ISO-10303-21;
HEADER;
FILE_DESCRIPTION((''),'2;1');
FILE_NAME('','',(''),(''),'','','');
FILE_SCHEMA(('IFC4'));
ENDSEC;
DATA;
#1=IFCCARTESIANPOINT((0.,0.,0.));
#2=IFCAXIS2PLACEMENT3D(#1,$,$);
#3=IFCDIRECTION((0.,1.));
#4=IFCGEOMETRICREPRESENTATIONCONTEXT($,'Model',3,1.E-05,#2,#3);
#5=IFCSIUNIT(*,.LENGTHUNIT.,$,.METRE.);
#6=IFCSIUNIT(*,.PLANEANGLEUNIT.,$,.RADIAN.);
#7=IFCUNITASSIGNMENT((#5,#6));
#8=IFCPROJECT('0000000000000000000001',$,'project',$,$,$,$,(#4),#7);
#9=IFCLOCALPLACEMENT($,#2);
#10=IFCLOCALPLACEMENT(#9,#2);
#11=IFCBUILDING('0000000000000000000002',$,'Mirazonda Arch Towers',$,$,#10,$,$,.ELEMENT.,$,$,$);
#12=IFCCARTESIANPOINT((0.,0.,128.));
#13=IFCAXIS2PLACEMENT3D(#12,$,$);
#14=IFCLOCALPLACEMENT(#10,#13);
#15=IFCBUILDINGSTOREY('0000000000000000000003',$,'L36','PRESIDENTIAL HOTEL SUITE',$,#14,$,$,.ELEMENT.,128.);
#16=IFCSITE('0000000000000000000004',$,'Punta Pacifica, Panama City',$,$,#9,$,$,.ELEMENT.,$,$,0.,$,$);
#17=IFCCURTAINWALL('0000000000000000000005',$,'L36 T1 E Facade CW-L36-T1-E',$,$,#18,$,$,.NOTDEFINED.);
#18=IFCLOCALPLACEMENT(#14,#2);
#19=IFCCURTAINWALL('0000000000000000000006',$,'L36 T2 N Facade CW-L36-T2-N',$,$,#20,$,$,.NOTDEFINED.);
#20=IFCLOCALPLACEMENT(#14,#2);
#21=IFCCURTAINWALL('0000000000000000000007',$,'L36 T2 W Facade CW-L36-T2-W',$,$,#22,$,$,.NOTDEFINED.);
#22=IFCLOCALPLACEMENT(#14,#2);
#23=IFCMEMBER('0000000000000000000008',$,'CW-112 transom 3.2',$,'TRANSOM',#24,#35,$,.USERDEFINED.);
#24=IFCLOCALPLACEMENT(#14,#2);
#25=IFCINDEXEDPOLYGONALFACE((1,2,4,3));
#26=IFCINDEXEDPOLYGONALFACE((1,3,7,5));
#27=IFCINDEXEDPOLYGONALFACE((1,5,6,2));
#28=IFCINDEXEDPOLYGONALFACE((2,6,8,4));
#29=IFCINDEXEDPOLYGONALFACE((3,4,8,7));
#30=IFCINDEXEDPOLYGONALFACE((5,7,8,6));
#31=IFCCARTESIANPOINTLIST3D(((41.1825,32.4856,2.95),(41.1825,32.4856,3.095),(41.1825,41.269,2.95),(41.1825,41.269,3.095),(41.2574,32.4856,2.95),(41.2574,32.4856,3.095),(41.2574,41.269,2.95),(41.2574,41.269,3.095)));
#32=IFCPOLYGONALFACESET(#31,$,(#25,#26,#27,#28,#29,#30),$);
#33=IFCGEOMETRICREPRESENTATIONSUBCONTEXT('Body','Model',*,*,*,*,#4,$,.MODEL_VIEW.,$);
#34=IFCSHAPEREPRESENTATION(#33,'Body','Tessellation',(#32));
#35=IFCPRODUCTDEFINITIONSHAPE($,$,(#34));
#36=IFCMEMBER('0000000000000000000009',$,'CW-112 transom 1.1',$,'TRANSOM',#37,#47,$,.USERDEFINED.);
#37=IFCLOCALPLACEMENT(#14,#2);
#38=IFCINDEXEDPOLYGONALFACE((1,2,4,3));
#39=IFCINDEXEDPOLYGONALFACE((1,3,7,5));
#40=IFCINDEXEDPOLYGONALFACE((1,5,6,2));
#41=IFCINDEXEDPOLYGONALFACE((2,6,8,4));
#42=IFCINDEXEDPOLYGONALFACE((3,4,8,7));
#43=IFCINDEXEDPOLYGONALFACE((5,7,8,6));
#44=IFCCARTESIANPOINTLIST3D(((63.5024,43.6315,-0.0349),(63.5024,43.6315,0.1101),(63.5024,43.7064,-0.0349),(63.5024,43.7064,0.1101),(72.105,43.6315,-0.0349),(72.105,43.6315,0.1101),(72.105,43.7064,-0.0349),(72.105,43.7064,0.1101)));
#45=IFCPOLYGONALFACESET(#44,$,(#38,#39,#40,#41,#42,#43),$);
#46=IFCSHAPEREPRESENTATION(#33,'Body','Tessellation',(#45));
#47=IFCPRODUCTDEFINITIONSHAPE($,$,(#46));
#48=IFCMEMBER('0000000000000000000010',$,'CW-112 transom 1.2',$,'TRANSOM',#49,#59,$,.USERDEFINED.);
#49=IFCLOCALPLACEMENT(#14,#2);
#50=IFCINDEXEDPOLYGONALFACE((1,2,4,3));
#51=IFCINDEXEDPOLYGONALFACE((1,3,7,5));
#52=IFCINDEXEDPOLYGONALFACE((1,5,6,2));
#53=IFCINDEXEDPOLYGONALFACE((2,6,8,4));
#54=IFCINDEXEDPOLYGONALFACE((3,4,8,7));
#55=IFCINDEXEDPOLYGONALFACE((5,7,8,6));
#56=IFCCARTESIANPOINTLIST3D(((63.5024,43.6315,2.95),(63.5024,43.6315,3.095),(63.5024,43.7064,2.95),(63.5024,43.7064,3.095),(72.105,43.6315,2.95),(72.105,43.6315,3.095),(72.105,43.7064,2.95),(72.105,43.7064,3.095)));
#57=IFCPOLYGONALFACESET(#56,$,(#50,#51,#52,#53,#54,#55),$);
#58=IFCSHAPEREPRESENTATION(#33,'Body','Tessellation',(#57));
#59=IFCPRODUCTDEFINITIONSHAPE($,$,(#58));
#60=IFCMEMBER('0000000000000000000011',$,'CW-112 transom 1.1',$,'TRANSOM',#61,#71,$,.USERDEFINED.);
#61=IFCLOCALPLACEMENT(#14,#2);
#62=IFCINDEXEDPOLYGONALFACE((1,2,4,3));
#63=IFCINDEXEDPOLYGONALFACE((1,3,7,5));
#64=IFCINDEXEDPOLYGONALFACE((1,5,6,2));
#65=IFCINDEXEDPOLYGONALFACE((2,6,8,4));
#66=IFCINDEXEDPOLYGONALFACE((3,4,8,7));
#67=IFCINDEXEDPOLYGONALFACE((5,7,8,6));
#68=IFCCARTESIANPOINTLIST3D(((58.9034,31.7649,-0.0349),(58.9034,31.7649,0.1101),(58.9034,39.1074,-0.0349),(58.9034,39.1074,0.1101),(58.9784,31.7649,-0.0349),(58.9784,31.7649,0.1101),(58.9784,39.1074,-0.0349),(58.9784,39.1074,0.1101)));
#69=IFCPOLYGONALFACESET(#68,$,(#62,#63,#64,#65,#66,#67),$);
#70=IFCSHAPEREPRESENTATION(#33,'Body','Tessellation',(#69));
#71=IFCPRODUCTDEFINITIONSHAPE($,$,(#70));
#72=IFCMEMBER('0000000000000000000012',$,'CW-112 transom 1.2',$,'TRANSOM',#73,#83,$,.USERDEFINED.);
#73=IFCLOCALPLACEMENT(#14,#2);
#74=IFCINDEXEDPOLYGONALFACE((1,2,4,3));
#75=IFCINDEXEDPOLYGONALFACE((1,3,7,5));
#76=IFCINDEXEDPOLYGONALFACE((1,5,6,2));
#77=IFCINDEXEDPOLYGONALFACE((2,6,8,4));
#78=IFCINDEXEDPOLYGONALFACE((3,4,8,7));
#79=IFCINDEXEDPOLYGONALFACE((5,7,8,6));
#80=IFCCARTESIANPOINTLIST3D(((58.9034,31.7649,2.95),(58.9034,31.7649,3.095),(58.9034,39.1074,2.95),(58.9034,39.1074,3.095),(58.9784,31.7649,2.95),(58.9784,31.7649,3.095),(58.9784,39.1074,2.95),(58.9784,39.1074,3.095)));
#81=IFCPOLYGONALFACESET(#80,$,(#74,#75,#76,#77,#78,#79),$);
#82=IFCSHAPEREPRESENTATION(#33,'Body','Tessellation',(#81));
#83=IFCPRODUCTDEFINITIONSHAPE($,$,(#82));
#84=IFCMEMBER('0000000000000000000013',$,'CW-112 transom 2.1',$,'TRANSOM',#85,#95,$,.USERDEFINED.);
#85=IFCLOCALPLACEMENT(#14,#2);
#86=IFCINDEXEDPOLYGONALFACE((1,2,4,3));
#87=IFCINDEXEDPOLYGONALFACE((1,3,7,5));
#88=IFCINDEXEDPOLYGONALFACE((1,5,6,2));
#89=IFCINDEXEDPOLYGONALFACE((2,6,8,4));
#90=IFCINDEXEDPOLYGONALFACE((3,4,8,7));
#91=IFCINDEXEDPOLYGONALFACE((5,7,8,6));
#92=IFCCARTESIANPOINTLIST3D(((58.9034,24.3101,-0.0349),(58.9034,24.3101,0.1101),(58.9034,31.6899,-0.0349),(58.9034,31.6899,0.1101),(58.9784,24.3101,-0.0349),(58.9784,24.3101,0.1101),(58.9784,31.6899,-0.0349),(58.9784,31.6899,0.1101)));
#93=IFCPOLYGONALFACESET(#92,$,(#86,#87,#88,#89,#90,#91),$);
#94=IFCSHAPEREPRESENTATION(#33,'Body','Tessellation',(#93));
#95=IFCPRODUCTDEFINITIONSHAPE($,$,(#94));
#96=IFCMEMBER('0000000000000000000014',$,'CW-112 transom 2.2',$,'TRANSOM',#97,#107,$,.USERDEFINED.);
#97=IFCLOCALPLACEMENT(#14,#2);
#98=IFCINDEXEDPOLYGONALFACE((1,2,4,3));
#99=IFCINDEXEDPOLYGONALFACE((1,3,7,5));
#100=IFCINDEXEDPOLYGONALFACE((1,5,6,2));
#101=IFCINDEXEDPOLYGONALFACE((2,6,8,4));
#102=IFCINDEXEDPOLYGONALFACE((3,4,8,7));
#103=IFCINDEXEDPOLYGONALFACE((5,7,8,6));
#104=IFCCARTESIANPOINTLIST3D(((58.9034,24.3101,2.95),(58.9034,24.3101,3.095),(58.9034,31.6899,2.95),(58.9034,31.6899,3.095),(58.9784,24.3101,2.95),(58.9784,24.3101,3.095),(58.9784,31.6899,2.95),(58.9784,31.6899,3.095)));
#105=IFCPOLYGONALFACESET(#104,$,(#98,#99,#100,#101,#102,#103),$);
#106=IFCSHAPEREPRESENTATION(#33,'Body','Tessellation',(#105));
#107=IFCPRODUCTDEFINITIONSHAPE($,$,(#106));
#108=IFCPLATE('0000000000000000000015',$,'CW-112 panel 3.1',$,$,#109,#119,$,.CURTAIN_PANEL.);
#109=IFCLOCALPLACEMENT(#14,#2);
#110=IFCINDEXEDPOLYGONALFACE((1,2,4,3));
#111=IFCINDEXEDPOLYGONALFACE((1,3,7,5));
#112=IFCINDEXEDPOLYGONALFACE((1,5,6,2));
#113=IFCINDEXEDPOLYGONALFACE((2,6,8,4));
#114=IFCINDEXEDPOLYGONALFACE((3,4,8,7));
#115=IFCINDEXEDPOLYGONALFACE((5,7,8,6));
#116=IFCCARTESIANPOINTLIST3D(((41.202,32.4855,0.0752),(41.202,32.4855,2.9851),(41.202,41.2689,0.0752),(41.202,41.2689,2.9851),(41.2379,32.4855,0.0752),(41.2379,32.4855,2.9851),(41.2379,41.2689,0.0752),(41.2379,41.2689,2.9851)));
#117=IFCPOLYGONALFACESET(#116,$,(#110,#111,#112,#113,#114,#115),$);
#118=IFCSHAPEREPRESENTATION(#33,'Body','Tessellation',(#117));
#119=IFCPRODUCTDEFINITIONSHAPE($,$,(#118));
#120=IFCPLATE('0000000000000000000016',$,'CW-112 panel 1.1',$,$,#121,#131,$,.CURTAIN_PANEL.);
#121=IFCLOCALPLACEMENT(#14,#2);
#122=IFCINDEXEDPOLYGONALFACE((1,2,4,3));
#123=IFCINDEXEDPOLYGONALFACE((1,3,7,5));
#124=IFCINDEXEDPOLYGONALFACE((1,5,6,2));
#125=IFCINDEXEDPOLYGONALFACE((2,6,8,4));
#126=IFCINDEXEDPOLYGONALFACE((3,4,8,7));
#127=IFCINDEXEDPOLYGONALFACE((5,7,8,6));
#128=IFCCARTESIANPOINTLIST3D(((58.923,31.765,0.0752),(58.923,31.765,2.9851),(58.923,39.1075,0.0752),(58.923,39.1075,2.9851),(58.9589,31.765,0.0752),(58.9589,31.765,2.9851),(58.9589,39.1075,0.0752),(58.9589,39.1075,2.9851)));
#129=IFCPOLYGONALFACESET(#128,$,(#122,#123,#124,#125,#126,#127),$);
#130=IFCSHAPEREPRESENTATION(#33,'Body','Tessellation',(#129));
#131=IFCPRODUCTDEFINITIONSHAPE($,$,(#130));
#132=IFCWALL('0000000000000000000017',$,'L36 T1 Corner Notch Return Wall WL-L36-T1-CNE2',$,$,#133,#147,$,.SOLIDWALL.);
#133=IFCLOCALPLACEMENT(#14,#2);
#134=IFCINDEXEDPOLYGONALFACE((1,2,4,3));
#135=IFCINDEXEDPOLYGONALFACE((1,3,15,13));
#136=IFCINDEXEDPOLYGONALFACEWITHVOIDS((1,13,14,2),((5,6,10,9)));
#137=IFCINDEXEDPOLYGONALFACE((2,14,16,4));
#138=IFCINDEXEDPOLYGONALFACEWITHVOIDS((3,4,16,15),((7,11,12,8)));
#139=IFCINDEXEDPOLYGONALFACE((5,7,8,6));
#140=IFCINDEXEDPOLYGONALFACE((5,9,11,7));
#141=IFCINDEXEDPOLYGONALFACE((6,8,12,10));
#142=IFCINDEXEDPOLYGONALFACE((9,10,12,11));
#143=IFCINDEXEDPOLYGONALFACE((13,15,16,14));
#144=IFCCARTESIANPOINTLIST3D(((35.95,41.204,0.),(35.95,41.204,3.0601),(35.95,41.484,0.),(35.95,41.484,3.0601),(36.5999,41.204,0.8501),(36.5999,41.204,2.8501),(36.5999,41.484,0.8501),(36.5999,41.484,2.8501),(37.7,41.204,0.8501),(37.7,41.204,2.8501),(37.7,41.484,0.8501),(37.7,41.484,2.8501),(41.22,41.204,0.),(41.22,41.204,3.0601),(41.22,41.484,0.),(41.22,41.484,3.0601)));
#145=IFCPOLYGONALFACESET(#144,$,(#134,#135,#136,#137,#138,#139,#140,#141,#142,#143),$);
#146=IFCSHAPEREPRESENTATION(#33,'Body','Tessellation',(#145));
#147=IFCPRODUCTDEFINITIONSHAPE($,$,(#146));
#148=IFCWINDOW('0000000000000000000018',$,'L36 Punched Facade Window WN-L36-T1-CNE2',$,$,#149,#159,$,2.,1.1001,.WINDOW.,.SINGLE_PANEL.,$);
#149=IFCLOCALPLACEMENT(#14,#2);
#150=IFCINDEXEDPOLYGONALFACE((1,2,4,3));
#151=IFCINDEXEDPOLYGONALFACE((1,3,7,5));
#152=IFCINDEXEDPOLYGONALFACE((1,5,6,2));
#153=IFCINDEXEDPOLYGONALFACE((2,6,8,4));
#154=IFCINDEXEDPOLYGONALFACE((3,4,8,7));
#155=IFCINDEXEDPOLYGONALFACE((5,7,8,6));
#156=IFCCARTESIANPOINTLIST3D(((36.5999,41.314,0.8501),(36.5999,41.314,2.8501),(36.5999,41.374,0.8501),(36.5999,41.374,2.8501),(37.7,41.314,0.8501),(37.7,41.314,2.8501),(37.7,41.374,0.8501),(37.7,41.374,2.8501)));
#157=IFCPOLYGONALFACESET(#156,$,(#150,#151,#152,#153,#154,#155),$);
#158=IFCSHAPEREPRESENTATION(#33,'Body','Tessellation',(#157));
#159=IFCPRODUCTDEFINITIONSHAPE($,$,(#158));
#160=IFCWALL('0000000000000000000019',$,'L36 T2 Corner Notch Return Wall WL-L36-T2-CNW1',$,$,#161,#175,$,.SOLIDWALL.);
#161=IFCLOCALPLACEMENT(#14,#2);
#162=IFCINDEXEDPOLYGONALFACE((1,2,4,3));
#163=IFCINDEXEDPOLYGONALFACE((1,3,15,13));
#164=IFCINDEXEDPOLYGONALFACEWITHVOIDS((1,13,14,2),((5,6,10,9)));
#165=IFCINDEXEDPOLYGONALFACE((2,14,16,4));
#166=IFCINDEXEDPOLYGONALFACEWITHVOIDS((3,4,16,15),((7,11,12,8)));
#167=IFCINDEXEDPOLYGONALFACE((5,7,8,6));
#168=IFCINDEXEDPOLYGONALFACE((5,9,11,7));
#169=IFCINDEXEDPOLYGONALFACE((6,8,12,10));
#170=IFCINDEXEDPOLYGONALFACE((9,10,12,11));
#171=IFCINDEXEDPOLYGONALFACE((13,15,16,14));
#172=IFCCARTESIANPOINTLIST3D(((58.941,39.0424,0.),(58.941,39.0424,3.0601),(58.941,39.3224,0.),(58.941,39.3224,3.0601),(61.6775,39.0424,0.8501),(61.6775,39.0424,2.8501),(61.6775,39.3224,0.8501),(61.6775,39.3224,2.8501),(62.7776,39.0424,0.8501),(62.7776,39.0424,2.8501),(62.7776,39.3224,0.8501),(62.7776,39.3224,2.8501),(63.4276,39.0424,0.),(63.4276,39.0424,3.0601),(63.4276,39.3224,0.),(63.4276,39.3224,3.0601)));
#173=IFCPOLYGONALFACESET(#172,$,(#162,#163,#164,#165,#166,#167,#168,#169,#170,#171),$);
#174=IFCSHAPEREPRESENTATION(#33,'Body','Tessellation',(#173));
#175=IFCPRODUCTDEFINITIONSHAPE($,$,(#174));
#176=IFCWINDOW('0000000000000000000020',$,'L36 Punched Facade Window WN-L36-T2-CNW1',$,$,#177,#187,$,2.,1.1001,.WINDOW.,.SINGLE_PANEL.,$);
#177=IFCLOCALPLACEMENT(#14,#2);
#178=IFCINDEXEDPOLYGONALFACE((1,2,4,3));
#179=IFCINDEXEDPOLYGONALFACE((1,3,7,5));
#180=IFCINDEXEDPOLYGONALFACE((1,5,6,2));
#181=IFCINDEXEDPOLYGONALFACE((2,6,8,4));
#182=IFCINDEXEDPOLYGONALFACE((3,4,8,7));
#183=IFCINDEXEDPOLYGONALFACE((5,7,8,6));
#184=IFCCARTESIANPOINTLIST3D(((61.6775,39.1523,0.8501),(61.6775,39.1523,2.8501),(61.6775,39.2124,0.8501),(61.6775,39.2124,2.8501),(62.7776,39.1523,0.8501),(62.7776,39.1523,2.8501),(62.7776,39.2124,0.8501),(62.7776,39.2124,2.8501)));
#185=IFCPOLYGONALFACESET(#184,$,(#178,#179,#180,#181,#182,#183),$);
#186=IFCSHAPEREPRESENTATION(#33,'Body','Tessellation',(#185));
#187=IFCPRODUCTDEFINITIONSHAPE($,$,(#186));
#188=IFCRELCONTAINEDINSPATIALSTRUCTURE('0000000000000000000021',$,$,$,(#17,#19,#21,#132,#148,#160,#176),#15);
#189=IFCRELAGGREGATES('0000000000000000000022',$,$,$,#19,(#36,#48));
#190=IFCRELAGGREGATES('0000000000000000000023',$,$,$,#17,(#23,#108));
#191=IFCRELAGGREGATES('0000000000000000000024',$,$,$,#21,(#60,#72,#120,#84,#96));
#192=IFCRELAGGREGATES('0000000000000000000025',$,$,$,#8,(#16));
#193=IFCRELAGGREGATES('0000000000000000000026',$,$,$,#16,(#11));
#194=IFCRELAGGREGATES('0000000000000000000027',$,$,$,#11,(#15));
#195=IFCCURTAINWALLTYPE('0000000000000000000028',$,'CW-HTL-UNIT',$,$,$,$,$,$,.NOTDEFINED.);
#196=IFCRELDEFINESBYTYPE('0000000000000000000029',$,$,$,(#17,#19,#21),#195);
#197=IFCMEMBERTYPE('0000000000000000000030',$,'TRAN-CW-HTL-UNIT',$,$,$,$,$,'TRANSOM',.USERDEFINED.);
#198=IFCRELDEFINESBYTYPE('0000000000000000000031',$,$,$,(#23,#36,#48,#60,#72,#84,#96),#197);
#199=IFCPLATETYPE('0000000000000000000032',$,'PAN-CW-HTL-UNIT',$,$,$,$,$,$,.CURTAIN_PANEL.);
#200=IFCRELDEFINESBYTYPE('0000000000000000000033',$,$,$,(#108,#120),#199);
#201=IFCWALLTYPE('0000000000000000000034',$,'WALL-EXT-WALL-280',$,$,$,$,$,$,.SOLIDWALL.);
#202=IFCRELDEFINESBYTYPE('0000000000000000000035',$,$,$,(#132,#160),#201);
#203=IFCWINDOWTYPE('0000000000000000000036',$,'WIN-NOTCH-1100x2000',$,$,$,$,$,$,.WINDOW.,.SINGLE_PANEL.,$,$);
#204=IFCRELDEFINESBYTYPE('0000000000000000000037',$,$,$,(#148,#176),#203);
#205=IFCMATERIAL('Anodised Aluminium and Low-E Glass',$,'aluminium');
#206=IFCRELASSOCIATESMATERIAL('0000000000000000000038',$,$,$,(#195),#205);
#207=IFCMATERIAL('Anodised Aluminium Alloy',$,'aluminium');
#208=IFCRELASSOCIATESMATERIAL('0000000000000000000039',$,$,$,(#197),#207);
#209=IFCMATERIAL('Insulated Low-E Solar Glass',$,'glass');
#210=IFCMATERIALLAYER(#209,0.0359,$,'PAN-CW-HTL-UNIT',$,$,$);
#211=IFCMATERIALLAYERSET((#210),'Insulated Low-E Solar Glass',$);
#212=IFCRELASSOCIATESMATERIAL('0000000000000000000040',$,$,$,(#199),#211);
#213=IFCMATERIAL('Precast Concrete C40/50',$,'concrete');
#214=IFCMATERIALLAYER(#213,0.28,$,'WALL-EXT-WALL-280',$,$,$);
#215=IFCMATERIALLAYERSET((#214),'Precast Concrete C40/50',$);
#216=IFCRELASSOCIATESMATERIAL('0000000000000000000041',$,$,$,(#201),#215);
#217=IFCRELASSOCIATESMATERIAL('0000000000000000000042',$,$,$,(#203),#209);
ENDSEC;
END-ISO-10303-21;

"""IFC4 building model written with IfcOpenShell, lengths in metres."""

from ifc_helpers import new_model, si_unit, direction, frame, frame_2d, origin, origin_2d, place, context, subcontext, project, spatial, rectangle, extrude, material, layer, layer_set, material_profile, profile_set, type_object, element, fill, aggregate, save


model = new_model("IFC4")

# Units and contexts
model_context = context("Model", 3, precision=1e-05, world=origin(), true_north=direction((0.0, 1.0)))
body_context = subcontext(model_context, "Body", "Model", "MODEL_VIEW")
ifc_project = project(units=[si_unit("LENGTHUNIT", "METRE"), si_unit("PLANEANGLEUNIT", "RADIAN")], contexts=[model_context])

# Site, building, storey
site_placement = place(None, origin())
site = spatial("IfcSite", under=ifc_project, at=site_placement, Name="Punta Pacifica, Panama City", CompositionType="ELEMENT", RefElevation=0.0)
building_placement = place(site_placement, origin())
building = spatial("IfcBuilding", under=site, at=building_placement, Name="Mirazonda Arch Towers", CompositionType="ELEMENT")
storey_placement = place(building_placement, frame((0.0, 0.0, 128.0)))
storey = spatial("IfcBuildingStorey", under=building, at=storey_placement, Name="L36", Description="PRESIDENTIAL HOTEL SUITE", CompositionType="ELEMENT", Elevation=128.0)

# Curtain wall
ifc_material_1 = material(Name="Anodised Aluminium and Low-E Glass", Category="aluminium")
curtain_wall_type = type_object("IfcCurtainWallType", Name="CW-HTL-UNIT", PredefinedType="NOTDEFINED", material=ifc_material_1)
curtain_wall_1_placement = place(storey_placement, origin())
curtain_wall_1 = element("IfcCurtainWall", 1, at=curtain_wall_1_placement, inside=storey, type_object=curtain_wall_type, Name="L36 T1 E Facade CW-L36-T1-E", PredefinedType="NOTDEFINED")
ifc_material_2 = material(Name="Anodised Aluminium Alloy", Category="aluminium")

# Curtain wall
curtain_wall_2_placement = place(storey_placement, origin())
curtain_wall_2 = element("IfcCurtainWall", 2, at=curtain_wall_2_placement, inside=storey, type_object=curtain_wall_type, Name="L36 T2 N Facade CW-L36-T2-N", PredefinedType="NOTDEFINED")

# Curtain wall
curtain_wall_3_placement = place(storey_placement, origin())
curtain_wall_3 = element("IfcCurtainWall", 3, at=curtain_wall_3_placement, inside=storey, type_object=curtain_wall_type, Name="L36 T2 W Facade CW-L36-T2-W", PredefinedType="NOTDEFINED")

# Members
ifc_material_profile_1 = material_profile(ifc_material_2, rectangle(XDim=0.075, YDim=0.145, at=origin_2d()), Name="ALU-TRAN-75x145")
ifc_profile_set_1 = profile_set([ifc_material_profile_1], Name="Anodised Aluminium Alloy")
member_type_1 = type_object("IfcMemberType", Name="TRAN-CW-HTL-UNIT", ElementType="TRANSOM", PredefinedType="USERDEFINED", material=ifc_profile_set_1)
member_1_placement = place(storey_placement, frame((41.22, 32.4856, 3.0225), z_axis=(0.0, 1.0, 0.0), x_axis=(-1.0, 0.0, 0.0)))
member_1 = element("IfcMember", 4, at=member_1_placement, type_object=member_type_1, Name="CW-112 transom 3.2", ObjectType="TRANSOM", PredefinedType="USERDEFINED", context=body_context, shape_type="SweptSolid", body=[
    extrude(rectangle(XDim=0.075, YDim=0.145, at=origin_2d()), origin(), (0.0, 0.0, 1.0), 8.7834),
])
member_2_placement = place(storey_placement, frame((63.5024, 43.6689, 0.0376), z_axis=(1.0, 0.0, 0.0), x_axis=(0.0, 1.0, 0.0)))
member_2 = element("IfcMember", 5, at=member_2_placement, type_object=member_type_1, Name="CW-112 transom 1.1", ObjectType="TRANSOM", PredefinedType="USERDEFINED", context=body_context, shape_type="SweptSolid", body=[
    extrude(rectangle(XDim=0.075, YDim=0.145, at=origin_2d()), origin(), (0.0, 0.0, 1.0), 8.6025),
])
member_3_placement = place(storey_placement, frame((63.5024, 43.6689, 3.0225), z_axis=(1.0, 0.0, 0.0), x_axis=(0.0, 1.0, 0.0)))
member_3 = element("IfcMember", 6, at=member_3_placement, type_object=member_type_1, Name="CW-112 transom 1.2", ObjectType="TRANSOM", PredefinedType="USERDEFINED", context=body_context, shape_type="SweptSolid", body=[
    extrude(rectangle(XDim=0.075, YDim=0.145, at=origin_2d()), origin(), (0.0, 0.0, 1.0), 8.6025),
])
aggregate(curtain_wall_2, [member_2, member_3])
member_4_placement = place(storey_placement, frame((58.9409, 39.1074, 0.0376), z_axis=(0.0, -1.0, 0.0), x_axis=(1.0, 0.0, 0.0)))
member_4 = element("IfcMember", 7, at=member_4_placement, type_object=member_type_1, Name="CW-112 transom 1.1", ObjectType="TRANSOM", PredefinedType="USERDEFINED", context=body_context, shape_type="SweptSolid", body=[
    extrude(rectangle(XDim=0.075, YDim=0.145, at=origin_2d()), origin(), (0.0, 0.0, 1.0), 7.3425),
])
member_5_placement = place(storey_placement, frame((58.9409, 39.1074, 3.0225), z_axis=(0.0, -1.0, 0.0), x_axis=(1.0, 0.0, 0.0)))
member_5 = element("IfcMember", 8, at=member_5_placement, type_object=member_type_1, Name="CW-112 transom 1.2", ObjectType="TRANSOM", PredefinedType="USERDEFINED", context=body_context, shape_type="SweptSolid", body=[
    extrude(rectangle(XDim=0.075, YDim=0.145, at=origin_2d()), origin(), (0.0, 0.0, 1.0), 7.3425),
])
member_6_placement = place(storey_placement, frame((58.9409, 31.6899, 0.0376), z_axis=(0.0, -1.0, 0.0), x_axis=(1.0, 0.0, 0.0)))
member_6 = element("IfcMember", 9, at=member_6_placement, type_object=member_type_1, Name="CW-112 transom 2.1", ObjectType="TRANSOM", PredefinedType="USERDEFINED", context=body_context, shape_type="SweptSolid", body=[
    extrude(rectangle(XDim=0.075, YDim=0.145, at=origin_2d()), origin(), (0.0, 0.0, 1.0), 7.3799),
])
member_7_placement = place(storey_placement, frame((58.9409, 31.6899, 3.0225), z_axis=(0.0, -1.0, 0.0), x_axis=(1.0, 0.0, 0.0)))
member_7 = element("IfcMember", 10, at=member_7_placement, type_object=member_type_1, Name="CW-112 transom 2.2", ObjectType="TRANSOM", PredefinedType="USERDEFINED", context=body_context, shape_type="SweptSolid", body=[
    extrude(rectangle(XDim=0.075, YDim=0.145, at=origin_2d()), origin(), (0.0, 0.0, 1.0), 7.3799),
])

# Plates
ifc_material_3 = material(Name="Insulated Low-E Solar Glass", Category="glass")
ifc_layer_1 = layer(ifc_material_3, 0.0359, Name="PAN-CW-HTL-UNIT")
ifc_layer_set_1 = layer_set([ifc_layer_1], Name="Insulated Low-E Solar Glass")
plate_type = type_object("IfcPlateType", Name="PAN-CW-HTL-UNIT", PredefinedType="CURTAIN_PANEL", material=ifc_layer_set_1)
plate_1_placement = place(storey_placement, frame((41.22, 36.8772, 0.0752), z_axis=(0.0, 0.0, 1.0), x_axis=(0.0, 1.0, 0.0)))
plate_1 = element("IfcPlate", 11, at=plate_1_placement, type_object=plate_type, Name="CW-112 panel 3.1", PredefinedType="CURTAIN_PANEL", context=body_context, shape_type="SweptSolid", body=[
    extrude(rectangle(XDim=8.7834, YDim=0.0359, at=origin_2d()), origin(), (0.0, 0.0, 1.0), 2.9099),
])
aggregate(curtain_wall_1, [member_1, plate_1])
plate_2_placement = place(storey_placement, frame((58.9409, 35.4363, 0.0752), z_axis=(0.0, 0.0, 1.0), x_axis=(0.0, -1.0, 0.0)))
plate_2 = element("IfcPlate", 12, at=plate_2_placement, type_object=plate_type, Name="CW-112 panel 1.1", PredefinedType="CURTAIN_PANEL", context=body_context, shape_type="SweptSolid", body=[
    extrude(rectangle(XDim=7.3425, YDim=0.0359, at=origin_2d()), origin(), (0.0, 0.0, 1.0), 2.9099),
])
aggregate(curtain_wall_3, [member_4, member_5, plate_2, member_6, member_7])

# Walls, openings, windows
ifc_material_4 = material(Name="Precast Concrete C40/50", Category="concrete")
ifc_layer_2 = layer(ifc_material_4, 0.28, Name="WALL-EXT-WALL-280")
ifc_layer_set_2 = layer_set([ifc_layer_2], Name="Precast Concrete C40/50")
wall_type_1 = type_object("IfcWallType", Name="WALL-EXT-WALL-280", PredefinedType="SOLIDWALL", material=ifc_layer_set_2)
wall_1_placement = place(storey_placement, frame((41.22, 41.344, 0.0), z_axis=(0.0, 0.0, 1.0), x_axis=(-1.0, 0.0, 0.0)))
wall_1 = element("IfcWall", 13, at=wall_1_placement, inside=storey, type_object=wall_type_1, Name="L36 T1 Corner Notch Return Wall WL-L36-T1-CNE2", PredefinedType="SOLIDWALL", context=body_context, shape_type="SweptSolid", body=[
    extrude(rectangle(XDim=5.27, YDim=0.28, at=frame_2d((2.635, 0.0))), origin(), (0.0, 0.0, 1.0), 3.0601),
])
opening_1_placement = place(wall_1_placement, frame((3.52, 0.0, 0.8501)))
opening_1 = element("IfcOpeningElement", 14, at=opening_1_placement, cuts=wall_1, PredefinedType="OPENING", context=body_context, shape_type="SweptSolid", body=[
    extrude(rectangle(XDim=1.1001, YDim=2.0, at=frame_2d((0.55, 1.0))), frame((0.0, 0.1499, 0.0), z_axis=(0.0, -1.0, 0.0), x_axis=(1.0, 0.0, 0.0)), (0.0, 0.0, 1.0), 0.3),
])
window_type = type_object("IfcWindowType", Name="WIN-NOTCH-1100x2000", PartitioningType="SINGLE_PANEL", PredefinedType="WINDOW", material=ifc_material_3)
window_1_placement = place(opening_1_placement, origin())
window_1 = element("IfcWindow", 15, at=window_1_placement, inside=storey, type_object=window_type, Name="L36 Punched Facade Window WN-L36-T1-CNE2", OverallHeight=2.0, OverallWidth=1.1001, PartitioningType="SINGLE_PANEL", PredefinedType="WINDOW", context=body_context, shape_type="SweptSolid", body=[
    extrude(rectangle(XDim=1.1001, YDim=2.0, at=frame_2d((0.55, 1.0))), frame((0.0, 0.03, 0.0), z_axis=(0.0, -1.0, 0.0), x_axis=(1.0, 0.0, 0.0)), (0.0, 0.0, 1.0), 0.0601),
])
fill(opening_1, window_1)
wall_2_placement = place(storey_placement, frame((63.4275, 39.1824, 0.0), z_axis=(0.0, 0.0, 1.0), x_axis=(-1.0, 0.0, 0.0)))
wall_2 = element("IfcWall", 16, at=wall_2_placement, inside=storey, type_object=wall_type_1, Name="L36 T2 Corner Notch Return Wall WL-L36-T2-CNW1", PredefinedType="SOLIDWALL", context=body_context, shape_type="SweptSolid", body=[
    extrude(rectangle(XDim=4.4866, YDim=0.28, at=frame_2d((2.2432, 0.0))), origin(), (0.0, 0.0, 1.0), 3.0601),
])
opening_2_placement = place(wall_2_placement, frame((0.6499, 0.0, 0.8501)))
opening_2 = element("IfcOpeningElement", 17, at=opening_2_placement, cuts=wall_2, PredefinedType="OPENING", context=body_context, shape_type="SweptSolid", body=[
    extrude(rectangle(XDim=1.1001, YDim=2.0, at=frame_2d((0.55, 1.0))), frame((0.0, 0.1499, 0.0), z_axis=(0.0, -1.0, 0.0), x_axis=(1.0, 0.0, 0.0)), (0.0, 0.0, 1.0), 0.3),
])
window_2_placement = place(opening_2_placement, origin())
window_2 = element("IfcWindow", 18, at=window_2_placement, inside=storey, type_object=window_type, Name="L36 Punched Facade Window WN-L36-T2-CNW1", OverallHeight=2.0, OverallWidth=1.1001, PartitioningType="SINGLE_PANEL", PredefinedType="WINDOW", context=body_context, shape_type="SweptSolid", body=[
    extrude(rectangle(XDim=1.1001, YDim=2.0, at=frame_2d((0.55, 1.0))), frame((0.0, 0.03, 0.0), z_axis=(0.0, -1.0, 0.0), x_axis=(1.0, 0.0, 0.0)), (0.0, 0.0, 1.0), 0.0601),
])
fill(opening_2, window_2)

save(model, "model.ifc")
